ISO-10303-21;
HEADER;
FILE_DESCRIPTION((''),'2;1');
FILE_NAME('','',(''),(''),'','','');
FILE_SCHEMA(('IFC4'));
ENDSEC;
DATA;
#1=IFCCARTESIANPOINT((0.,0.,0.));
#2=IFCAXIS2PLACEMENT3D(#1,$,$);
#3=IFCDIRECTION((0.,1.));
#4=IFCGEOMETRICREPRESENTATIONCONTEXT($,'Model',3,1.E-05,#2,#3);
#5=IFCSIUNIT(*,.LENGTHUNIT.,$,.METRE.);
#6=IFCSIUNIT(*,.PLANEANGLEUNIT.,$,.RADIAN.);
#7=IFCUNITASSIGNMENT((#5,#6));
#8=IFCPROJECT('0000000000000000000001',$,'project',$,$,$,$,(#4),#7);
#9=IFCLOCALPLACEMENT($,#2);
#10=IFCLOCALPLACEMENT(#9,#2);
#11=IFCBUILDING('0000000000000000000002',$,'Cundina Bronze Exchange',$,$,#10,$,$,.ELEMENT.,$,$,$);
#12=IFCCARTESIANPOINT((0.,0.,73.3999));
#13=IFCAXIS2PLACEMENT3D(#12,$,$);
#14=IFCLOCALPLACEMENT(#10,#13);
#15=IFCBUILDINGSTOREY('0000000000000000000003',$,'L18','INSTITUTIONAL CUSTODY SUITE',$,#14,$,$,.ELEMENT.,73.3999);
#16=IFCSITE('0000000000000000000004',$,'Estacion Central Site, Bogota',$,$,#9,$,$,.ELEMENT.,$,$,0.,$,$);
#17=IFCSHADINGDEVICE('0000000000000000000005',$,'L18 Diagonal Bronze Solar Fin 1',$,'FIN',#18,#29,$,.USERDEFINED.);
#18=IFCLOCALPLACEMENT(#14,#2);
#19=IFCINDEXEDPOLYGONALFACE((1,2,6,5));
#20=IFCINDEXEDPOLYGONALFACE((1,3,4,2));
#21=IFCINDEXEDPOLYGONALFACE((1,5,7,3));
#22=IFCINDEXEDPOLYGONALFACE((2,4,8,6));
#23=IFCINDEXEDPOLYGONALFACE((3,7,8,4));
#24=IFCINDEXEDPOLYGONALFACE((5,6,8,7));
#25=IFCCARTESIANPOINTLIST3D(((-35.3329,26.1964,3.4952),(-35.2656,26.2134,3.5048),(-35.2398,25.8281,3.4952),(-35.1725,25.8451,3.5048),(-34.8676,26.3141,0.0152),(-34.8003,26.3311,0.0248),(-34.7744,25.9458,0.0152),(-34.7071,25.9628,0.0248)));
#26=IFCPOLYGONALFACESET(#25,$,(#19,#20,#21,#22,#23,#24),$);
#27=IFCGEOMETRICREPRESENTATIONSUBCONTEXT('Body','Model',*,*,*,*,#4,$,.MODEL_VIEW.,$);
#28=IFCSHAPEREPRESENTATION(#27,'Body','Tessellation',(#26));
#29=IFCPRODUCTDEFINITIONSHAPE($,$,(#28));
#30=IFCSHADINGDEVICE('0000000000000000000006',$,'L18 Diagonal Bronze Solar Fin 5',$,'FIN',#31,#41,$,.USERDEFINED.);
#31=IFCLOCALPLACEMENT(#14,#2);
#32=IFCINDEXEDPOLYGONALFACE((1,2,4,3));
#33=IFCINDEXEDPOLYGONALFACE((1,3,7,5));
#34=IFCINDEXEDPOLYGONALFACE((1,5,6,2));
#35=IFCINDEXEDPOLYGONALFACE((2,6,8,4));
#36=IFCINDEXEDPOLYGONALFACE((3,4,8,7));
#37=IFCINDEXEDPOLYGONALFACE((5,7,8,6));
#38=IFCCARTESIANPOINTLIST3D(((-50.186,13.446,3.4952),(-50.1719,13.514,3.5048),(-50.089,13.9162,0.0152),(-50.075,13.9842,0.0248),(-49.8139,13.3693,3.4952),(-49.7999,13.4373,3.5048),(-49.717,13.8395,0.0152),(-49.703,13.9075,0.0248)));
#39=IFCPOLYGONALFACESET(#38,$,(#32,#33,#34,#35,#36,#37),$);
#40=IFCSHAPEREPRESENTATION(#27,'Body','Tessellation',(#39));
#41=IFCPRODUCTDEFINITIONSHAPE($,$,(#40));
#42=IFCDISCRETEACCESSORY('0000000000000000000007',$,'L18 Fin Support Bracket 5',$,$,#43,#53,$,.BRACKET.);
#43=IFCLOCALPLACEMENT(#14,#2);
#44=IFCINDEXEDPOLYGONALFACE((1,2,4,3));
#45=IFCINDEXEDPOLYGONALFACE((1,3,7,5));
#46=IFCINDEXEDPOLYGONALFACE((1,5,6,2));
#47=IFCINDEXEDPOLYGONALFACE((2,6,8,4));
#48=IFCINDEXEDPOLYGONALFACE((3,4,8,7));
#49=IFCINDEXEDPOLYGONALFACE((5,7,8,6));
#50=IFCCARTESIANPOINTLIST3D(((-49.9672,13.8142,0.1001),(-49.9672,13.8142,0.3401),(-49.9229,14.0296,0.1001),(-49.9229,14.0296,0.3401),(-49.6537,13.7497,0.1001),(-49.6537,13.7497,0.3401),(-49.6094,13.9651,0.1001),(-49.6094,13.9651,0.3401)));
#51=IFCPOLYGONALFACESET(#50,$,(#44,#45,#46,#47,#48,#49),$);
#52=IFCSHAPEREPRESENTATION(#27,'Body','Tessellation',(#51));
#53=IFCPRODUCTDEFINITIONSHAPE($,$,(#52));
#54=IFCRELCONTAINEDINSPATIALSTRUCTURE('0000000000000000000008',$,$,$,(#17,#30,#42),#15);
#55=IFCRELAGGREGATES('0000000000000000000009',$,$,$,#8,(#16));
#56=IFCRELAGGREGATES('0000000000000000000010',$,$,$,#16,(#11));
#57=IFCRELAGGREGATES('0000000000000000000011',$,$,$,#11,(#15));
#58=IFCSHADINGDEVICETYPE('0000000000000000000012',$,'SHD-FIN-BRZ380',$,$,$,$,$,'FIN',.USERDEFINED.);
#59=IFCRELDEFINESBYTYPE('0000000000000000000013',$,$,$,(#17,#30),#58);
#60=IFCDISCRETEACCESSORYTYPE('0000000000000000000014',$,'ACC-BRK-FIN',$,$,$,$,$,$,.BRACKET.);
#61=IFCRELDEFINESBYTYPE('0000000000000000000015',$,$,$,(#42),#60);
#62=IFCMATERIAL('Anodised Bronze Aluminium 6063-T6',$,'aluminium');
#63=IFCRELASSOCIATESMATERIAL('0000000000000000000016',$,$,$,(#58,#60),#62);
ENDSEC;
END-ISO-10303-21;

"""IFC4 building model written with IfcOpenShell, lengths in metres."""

from ifc_helpers import new_model, si_unit, direction, frame, origin, origin_2d, place, context, subcontext, project, spatial, rectangle, extrude, material, material_profile, profile_set, type_object, element, save


model = new_model("IFC4")

# Units and contexts
model_context = context("Model", 3, precision=1e-05, world=origin(), true_north=direction((0.0, 1.0)))
body_context = subcontext(model_context, "Body", "Model", "MODEL_VIEW")
ifc_project = project(units=[si_unit("LENGTHUNIT", "METRE"), si_unit("PLANEANGLEUNIT", "RADIAN")], contexts=[model_context])

# Site, building, storey
site_placement = place(None, origin())
site = spatial("IfcSite", under=ifc_project, at=site_placement, Name="Estacion Central Site, Bogota", CompositionType="ELEMENT", RefElevation=0.0)
building_placement = place(site_placement, origin())
building = spatial("IfcBuilding", under=site, at=building_placement, Name="Cundina Bronze Exchange", CompositionType="ELEMENT")
storey_placement = place(building_placement, frame((0.0, 0.0, 73.3999)))
storey = spatial("IfcBuildingStorey", under=building, at=storey_placement, Name="L18", Description="INSTITUTIONAL CUSTODY SUITE", CompositionType="ELEMENT", Elevation=73.3999)

# Shared definitions
ifc_material_1 = material(Name="Anodised Bronze Aluminium 6063-T6", Category="aluminium")

# Shading devices
ifc_material_profile_1 = material_profile(ifc_material_1, rectangle(XDim=0.0701, YDim=0.3799, at=origin_2d()), Name="FIN70X380", Category="aluminium")
ifc_profile_set_1 = profile_set([ifc_material_profile_1], Name="Anodised Bronze Aluminium 6063-T6")
shading_device_type = type_object("IfcShadingDeviceType", Name="SHD-FIN-BRZ380", ElementType="FIN", PredefinedType="USERDEFINED", material=ifc_profile_set_1)
for number, where, z_axis, x_axis, name in (
    (1, (-34.7874, 26.1384, 0.02), (-0.132463, -0.033498, 0.990622), (0.960389, 0.242868, 0.136633), "L18 Diagonal Bronze Solar Fin 1"),
    (2, (-49.896, 13.9119, 0.02), (-0.027591, -0.133852, 0.990617), (0.199988, 0.97022, 0.136666), "L18 Diagonal Bronze Solar Fin 5"),
):
    element("IfcShadingDevice", number, at=place(storey_placement, frame(where, z_axis=z_axis, x_axis=x_axis)), inside=storey, type_object=shading_device_type, Name=name, ObjectType="FIN", PredefinedType="USERDEFINED", context=body_context, shape_type="SweptSolid", body=[
        extrude(rectangle(XDim=0.0701, YDim=0.3799, at=origin_2d()), origin(), (0.0, 0.0, 1.0), 3.5129),
    ])

# Discrete accessory
discrete_accessory_type = type_object("IfcDiscreteAccessoryType", Name="ACC-BRK-FIN", PredefinedType="BRACKET", material=ifc_material_1)
discrete_accessory_placement = place(storey_placement, frame((-49.7883, 13.8896, 0.1001), z_axis=(0.0, 0.0, 1.0), x_axis=(-0.20142, -0.979505, 0.0)))
element("IfcDiscreteAccessory", 3, at=discrete_accessory_placement, inside=storey, type_object=discrete_accessory_type, Name="L18 Fin Support Bracket 5", PredefinedType="BRACKET", context=body_context, shape_type="SweptSolid", body=[
    extrude(rectangle(XDim=0.22, YDim=0.3201, at=origin_2d()), origin(), (0.0, 0.0, 1.0), 0.24),
])

save(model, "model.ifc")
